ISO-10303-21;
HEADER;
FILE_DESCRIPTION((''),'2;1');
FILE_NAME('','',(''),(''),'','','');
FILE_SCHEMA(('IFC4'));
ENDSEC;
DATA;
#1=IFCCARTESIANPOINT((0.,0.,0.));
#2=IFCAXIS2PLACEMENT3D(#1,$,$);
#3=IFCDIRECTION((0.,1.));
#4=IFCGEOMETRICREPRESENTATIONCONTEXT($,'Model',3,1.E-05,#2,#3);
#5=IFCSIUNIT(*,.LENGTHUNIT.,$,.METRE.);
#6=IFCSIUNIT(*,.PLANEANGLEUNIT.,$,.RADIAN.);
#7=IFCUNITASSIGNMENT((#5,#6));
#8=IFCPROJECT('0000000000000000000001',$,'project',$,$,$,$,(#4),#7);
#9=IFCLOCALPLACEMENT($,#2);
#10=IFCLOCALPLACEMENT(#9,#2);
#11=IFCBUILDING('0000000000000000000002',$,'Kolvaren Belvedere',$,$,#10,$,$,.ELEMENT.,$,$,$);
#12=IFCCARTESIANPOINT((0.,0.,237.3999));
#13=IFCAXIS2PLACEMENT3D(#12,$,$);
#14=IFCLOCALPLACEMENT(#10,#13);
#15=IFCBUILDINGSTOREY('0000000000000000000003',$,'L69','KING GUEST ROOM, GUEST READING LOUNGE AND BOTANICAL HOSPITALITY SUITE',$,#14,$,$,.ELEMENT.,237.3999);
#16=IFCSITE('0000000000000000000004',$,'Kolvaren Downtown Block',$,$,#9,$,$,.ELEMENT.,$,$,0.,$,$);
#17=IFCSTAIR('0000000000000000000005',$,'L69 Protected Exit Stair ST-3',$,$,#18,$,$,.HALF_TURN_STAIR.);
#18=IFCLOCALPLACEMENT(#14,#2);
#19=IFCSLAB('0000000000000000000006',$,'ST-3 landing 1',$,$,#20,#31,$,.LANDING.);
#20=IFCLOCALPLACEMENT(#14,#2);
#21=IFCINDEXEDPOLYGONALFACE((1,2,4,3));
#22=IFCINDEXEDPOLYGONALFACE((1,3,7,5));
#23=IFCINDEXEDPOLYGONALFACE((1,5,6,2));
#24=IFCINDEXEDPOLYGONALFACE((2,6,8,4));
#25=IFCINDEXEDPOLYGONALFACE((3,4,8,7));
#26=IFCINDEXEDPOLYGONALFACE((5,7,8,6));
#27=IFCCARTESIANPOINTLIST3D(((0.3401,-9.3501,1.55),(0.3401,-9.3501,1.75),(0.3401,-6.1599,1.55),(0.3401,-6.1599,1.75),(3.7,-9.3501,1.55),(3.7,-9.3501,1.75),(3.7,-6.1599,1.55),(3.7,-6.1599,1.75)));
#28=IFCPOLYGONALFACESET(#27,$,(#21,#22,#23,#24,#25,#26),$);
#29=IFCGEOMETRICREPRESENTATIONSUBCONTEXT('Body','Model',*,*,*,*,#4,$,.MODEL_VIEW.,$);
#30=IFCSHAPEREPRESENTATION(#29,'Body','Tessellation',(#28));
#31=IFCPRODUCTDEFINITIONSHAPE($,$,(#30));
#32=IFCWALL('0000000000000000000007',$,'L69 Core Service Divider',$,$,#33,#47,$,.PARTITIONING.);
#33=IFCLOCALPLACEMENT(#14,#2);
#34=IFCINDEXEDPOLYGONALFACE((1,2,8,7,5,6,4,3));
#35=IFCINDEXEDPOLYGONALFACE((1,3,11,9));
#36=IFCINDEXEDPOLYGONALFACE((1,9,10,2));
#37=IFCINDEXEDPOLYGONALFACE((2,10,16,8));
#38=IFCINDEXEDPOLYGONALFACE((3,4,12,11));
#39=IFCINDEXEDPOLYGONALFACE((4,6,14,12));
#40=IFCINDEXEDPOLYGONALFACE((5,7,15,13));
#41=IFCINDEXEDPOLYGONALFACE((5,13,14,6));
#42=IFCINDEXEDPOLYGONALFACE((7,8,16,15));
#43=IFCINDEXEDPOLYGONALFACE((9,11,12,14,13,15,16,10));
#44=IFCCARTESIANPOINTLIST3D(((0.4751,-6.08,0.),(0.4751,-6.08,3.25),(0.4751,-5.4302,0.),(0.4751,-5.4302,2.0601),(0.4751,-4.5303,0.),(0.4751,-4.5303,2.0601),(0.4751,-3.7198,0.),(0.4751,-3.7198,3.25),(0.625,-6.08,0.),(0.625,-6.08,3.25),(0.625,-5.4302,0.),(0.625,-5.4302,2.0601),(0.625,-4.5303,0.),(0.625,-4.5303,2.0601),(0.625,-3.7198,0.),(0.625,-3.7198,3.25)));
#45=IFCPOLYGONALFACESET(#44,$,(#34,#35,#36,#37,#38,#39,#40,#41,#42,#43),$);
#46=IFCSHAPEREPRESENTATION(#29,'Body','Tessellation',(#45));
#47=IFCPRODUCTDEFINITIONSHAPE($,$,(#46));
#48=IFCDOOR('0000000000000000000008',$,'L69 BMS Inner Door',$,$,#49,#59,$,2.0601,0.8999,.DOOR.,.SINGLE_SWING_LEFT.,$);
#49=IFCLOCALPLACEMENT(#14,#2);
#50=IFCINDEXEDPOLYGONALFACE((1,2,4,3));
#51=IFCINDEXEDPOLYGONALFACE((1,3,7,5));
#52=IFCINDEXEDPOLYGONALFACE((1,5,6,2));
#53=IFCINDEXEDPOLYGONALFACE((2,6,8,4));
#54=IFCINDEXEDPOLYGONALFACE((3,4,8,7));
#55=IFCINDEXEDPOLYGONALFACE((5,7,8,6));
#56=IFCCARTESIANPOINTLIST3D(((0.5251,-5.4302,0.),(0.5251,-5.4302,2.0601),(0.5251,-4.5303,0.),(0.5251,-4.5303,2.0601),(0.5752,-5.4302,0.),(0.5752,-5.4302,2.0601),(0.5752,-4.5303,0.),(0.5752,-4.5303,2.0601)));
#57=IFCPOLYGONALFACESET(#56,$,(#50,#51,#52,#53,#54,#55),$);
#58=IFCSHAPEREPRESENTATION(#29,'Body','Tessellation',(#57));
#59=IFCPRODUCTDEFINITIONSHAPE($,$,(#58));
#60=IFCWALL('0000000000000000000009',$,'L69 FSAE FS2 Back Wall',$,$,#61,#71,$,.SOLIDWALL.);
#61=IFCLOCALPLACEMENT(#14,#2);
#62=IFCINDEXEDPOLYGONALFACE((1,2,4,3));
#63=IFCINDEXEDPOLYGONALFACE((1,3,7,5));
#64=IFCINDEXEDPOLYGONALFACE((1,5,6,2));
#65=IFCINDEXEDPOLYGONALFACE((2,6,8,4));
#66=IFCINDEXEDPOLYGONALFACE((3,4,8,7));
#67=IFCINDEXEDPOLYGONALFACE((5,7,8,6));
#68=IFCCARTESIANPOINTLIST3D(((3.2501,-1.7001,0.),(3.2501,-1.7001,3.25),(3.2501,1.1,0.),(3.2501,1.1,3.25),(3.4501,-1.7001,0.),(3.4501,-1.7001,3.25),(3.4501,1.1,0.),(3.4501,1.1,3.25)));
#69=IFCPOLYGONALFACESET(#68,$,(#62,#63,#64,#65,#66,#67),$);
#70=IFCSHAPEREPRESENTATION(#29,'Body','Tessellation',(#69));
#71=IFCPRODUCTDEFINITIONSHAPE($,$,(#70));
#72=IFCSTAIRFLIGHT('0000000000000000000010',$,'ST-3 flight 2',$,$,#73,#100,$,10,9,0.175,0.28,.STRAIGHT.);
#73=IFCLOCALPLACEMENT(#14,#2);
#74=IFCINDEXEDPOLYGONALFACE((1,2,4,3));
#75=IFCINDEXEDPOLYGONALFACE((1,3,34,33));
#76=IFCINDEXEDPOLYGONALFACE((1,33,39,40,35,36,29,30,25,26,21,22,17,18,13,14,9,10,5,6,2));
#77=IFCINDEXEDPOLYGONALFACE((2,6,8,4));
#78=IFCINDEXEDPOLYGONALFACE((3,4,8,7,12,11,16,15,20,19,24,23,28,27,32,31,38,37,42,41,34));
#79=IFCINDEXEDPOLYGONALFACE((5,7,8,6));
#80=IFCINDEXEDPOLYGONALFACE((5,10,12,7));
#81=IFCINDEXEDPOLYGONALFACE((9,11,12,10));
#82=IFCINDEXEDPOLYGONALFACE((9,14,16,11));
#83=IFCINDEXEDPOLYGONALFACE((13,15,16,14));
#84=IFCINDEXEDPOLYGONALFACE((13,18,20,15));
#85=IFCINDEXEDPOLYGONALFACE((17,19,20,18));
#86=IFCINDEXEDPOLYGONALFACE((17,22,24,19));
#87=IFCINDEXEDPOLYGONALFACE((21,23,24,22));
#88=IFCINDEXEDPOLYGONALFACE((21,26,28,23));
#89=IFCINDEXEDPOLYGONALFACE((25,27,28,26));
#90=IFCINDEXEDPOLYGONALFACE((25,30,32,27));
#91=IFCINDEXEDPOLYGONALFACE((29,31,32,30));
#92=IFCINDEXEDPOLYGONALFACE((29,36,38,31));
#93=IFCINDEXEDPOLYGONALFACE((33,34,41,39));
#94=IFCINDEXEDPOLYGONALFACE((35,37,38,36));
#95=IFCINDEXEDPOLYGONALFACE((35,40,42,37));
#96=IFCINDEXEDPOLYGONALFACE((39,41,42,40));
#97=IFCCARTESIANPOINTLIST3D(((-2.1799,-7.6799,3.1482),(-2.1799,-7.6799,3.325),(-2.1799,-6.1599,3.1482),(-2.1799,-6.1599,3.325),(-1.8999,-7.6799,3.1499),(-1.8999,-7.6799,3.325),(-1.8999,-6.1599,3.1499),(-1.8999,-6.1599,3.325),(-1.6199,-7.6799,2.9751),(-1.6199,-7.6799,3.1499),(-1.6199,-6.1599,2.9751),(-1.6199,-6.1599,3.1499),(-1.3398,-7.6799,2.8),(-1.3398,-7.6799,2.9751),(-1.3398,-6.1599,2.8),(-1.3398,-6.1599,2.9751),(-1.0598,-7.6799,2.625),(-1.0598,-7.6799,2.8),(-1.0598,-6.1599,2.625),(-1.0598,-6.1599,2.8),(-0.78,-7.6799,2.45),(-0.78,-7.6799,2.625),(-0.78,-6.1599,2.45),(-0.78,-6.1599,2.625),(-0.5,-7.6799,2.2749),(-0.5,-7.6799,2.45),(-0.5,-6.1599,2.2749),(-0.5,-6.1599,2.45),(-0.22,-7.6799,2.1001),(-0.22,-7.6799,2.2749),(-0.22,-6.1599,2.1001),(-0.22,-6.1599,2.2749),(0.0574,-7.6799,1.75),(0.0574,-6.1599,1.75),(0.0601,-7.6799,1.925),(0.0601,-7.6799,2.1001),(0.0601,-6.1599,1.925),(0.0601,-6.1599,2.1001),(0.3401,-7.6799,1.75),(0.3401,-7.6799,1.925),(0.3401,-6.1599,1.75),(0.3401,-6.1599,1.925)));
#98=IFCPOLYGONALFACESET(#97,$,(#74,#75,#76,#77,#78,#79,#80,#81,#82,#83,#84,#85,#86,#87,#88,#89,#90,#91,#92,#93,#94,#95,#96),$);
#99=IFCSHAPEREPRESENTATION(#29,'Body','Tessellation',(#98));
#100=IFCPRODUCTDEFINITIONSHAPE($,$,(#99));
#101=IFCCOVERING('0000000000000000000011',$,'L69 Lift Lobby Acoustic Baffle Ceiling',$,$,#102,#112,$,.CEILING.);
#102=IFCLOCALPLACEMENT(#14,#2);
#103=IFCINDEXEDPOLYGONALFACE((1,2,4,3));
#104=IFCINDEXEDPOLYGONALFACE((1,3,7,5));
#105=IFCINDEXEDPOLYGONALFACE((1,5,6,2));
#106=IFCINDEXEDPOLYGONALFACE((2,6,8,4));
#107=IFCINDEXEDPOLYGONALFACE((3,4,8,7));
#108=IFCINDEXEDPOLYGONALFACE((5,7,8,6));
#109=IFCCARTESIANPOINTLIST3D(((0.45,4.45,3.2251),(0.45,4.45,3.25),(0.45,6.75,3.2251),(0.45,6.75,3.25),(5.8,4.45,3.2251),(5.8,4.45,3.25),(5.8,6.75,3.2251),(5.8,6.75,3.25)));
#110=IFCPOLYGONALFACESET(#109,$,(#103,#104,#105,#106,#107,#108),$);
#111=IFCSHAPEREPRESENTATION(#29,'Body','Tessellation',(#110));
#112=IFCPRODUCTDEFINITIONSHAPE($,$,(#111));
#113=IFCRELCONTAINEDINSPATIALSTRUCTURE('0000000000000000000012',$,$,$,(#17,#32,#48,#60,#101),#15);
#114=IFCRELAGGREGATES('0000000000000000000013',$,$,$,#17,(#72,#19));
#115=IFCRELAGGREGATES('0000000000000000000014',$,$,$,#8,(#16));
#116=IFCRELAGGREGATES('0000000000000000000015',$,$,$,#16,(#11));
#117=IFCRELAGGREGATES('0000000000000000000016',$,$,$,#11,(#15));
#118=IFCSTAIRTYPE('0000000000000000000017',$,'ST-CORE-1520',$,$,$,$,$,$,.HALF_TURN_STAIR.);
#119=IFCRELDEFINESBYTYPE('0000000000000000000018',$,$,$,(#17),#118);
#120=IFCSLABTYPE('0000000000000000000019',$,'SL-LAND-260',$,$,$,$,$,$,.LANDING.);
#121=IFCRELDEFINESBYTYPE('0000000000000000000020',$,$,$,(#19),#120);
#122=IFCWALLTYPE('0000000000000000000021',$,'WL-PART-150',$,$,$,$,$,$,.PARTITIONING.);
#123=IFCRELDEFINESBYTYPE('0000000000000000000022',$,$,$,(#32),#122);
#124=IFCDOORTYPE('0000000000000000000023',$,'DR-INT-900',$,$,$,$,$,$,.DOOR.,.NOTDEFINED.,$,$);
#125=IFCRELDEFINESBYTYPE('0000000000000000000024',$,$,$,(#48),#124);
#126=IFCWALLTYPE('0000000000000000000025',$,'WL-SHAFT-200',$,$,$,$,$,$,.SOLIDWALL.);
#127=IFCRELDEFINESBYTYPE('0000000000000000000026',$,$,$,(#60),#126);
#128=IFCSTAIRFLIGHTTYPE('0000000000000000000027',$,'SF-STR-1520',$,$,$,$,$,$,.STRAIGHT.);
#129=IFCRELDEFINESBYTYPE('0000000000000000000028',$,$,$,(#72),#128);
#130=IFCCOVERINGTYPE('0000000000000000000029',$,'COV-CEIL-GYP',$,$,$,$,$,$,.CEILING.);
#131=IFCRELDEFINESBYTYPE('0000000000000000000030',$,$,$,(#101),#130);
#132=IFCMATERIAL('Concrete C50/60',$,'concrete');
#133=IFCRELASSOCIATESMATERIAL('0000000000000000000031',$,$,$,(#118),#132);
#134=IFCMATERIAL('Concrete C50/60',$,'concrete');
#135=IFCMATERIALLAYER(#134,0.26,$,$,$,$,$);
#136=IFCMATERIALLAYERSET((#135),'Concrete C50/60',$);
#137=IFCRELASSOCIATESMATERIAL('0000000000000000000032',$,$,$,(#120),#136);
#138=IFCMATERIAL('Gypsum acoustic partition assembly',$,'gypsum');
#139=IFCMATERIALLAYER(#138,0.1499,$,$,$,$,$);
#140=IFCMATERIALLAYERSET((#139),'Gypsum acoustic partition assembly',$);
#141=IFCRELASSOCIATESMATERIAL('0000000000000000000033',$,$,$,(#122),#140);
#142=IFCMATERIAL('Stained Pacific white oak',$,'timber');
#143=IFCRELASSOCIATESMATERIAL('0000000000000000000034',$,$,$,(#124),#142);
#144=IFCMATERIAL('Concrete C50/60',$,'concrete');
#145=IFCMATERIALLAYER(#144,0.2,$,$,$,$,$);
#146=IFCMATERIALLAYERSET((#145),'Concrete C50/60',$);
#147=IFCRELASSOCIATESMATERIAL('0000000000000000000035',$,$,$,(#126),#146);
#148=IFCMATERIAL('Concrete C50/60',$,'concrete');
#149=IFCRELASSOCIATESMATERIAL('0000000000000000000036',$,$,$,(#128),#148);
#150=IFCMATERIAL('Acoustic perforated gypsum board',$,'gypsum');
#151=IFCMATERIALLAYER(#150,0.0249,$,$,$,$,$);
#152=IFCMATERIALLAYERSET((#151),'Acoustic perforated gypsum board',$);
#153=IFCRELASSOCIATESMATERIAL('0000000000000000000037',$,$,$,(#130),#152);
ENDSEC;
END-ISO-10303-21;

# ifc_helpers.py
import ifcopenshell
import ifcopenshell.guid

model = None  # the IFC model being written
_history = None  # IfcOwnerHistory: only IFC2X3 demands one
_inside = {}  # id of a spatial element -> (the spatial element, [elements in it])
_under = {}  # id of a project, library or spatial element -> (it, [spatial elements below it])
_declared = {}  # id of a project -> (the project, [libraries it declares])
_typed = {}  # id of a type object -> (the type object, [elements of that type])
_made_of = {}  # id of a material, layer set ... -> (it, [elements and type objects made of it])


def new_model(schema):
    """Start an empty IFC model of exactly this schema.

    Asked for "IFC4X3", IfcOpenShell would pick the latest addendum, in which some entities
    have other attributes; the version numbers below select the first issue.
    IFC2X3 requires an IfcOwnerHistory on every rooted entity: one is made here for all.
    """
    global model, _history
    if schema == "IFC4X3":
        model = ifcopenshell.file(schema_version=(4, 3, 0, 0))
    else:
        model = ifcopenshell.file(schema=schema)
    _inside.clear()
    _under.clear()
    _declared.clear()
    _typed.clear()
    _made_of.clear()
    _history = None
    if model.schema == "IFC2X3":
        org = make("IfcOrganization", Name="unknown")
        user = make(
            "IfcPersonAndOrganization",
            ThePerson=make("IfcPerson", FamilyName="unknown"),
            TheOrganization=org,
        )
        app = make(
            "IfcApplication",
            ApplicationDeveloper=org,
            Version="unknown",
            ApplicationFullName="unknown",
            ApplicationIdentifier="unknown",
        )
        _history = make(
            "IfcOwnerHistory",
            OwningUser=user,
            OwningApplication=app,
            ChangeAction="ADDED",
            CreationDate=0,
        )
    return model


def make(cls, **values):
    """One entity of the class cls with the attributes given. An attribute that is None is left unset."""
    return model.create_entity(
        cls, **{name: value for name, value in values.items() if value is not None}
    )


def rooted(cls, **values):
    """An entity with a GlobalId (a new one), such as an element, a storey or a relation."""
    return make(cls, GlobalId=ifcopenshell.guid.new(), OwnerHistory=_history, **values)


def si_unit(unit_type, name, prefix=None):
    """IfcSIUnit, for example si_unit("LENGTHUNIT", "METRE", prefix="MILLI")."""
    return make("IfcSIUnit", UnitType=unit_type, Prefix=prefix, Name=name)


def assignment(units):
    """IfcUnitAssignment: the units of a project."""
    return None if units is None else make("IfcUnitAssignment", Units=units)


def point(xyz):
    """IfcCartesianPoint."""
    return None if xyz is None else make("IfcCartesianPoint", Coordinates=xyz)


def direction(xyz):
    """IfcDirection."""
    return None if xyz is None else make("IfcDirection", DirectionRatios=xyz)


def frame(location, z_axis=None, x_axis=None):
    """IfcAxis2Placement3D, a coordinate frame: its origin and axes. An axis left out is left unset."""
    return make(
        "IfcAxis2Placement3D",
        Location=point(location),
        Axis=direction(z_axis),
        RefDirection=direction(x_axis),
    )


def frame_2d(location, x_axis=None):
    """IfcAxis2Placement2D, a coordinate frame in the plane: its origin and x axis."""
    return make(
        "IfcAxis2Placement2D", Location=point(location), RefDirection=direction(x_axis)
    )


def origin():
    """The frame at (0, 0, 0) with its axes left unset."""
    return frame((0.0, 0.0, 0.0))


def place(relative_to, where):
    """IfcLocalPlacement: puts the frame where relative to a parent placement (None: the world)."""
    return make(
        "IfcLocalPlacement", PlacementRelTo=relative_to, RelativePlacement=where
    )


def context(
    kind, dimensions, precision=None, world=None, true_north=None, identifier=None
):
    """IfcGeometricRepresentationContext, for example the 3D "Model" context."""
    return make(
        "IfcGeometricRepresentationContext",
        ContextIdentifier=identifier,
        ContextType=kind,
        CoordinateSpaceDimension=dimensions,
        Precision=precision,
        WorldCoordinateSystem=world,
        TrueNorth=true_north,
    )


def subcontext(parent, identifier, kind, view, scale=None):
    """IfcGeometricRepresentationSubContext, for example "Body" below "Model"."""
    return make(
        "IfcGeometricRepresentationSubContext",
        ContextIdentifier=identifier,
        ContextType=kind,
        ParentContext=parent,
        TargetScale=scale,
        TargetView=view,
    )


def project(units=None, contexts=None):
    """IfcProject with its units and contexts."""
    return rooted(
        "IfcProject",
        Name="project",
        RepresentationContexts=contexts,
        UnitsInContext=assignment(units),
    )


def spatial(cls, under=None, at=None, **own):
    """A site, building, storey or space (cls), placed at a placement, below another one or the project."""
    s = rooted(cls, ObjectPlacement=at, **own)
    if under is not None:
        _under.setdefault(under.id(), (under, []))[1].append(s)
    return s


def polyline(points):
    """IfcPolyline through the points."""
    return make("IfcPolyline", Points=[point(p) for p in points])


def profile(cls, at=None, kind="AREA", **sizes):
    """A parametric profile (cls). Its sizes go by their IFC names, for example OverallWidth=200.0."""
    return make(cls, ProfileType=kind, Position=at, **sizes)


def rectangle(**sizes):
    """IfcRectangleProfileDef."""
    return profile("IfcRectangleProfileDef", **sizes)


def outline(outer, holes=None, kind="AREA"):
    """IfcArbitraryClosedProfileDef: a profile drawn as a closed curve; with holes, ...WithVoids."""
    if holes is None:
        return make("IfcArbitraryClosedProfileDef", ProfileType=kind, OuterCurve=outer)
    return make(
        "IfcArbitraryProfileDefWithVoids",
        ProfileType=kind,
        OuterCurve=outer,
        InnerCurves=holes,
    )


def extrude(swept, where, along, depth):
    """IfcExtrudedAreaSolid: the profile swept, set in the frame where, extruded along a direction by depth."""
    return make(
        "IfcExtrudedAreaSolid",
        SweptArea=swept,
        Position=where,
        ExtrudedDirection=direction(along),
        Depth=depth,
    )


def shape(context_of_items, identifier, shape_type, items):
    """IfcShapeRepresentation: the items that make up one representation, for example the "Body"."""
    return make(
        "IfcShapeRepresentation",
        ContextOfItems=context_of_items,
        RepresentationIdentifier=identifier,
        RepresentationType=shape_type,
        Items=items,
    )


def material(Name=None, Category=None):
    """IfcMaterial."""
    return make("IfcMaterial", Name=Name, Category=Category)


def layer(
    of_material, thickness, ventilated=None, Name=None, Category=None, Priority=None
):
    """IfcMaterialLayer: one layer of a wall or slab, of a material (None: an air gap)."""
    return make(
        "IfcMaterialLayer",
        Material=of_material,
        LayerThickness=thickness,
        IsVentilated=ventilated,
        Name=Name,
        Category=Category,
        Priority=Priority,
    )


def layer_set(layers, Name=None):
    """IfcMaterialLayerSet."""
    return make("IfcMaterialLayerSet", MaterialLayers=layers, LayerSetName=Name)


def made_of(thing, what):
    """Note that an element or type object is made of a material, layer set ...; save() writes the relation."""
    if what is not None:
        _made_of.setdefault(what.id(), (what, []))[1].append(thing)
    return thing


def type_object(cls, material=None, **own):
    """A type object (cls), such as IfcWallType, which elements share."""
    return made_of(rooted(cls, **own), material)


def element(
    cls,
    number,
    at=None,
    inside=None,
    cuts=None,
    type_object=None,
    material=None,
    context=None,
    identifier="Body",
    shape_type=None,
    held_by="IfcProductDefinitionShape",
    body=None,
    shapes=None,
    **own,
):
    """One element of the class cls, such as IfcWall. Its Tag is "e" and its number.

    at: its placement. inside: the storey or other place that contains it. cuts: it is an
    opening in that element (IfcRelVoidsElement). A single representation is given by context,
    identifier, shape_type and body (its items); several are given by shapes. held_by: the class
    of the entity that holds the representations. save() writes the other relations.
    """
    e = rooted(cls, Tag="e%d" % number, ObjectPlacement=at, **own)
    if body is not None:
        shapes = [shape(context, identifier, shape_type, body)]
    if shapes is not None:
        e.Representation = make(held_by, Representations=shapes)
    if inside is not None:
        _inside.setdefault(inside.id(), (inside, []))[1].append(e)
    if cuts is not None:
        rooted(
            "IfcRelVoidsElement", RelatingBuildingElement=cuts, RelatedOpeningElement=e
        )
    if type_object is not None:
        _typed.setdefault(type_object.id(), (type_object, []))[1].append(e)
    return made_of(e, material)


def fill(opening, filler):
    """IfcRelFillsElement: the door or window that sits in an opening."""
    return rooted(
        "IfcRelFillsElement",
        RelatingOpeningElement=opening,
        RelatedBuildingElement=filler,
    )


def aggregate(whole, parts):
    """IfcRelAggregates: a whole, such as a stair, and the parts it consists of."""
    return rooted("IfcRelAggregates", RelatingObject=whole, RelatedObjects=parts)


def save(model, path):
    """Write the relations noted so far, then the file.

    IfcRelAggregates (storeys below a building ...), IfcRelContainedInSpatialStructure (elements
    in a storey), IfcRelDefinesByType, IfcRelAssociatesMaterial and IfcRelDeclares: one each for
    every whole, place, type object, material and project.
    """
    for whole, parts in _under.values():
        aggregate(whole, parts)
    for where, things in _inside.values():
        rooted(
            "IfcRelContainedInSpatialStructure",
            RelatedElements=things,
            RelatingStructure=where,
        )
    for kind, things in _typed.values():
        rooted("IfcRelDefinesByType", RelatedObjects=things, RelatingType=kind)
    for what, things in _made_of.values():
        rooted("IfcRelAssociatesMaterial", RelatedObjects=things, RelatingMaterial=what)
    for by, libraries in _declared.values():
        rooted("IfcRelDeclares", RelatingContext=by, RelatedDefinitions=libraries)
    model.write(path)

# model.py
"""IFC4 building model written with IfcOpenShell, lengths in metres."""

from ifc_helpers import new_model, si_unit, direction, frame, frame_2d, origin, place, context, subcontext, project, spatial, polyline, rectangle, outline, extrude, material, layer, layer_set, type_object, element, fill, aggregate, save


model = new_model("IFC4")

# Units and contexts
model_context = context("Model", 3, precision=1e-05, world=origin(), true_north=direction((0.0, 1.0)))
body_context = subcontext(model_context, "Body", "Model", "MODEL_VIEW")
ifc_project = project(units=[si_unit("LENGTHUNIT", "METRE"), si_unit("PLANEANGLEUNIT", "RADIAN")], contexts=[model_context])

# Site, building, storey
site_placement = place(None, origin())
site = spatial("IfcSite", under=ifc_project, at=site_placement, Name="Kolvaren Downtown Block", CompositionType="ELEMENT", RefElevation=0.0)
building_placement = place(site_placement, origin())
building = spatial("IfcBuilding", under=site, at=building_placement, Name="Kolvaren Belvedere", CompositionType="ELEMENT")
storey_placement = place(building_placement, frame((0.0, 0.0, 237.3999)))
storey = spatial("IfcBuildingStorey", under=building, at=storey_placement, Name="L69", Description="KING GUEST ROOM, GUEST READING LOUNGE AND BOTANICAL HOSPITALITY SUITE", CompositionType="ELEMENT", Elevation=237.3999)

# Stair, slab
ifc_material_1 = material(Name="Concrete C50/60", Category="concrete")
stair_type = type_object("IfcStairType", Name="ST-CORE-1520", PredefinedType="HALF_TURN_STAIR", material=ifc_material_1)
ifc_material_2 = material(Name="Concrete C50/60", Category="concrete")
ifc_layer_1 = layer(ifc_material_2, 0.26)
ifc_layer_set_1 = layer_set([ifc_layer_1], Name="Concrete C50/60")
slab_type_1 = type_object("IfcSlabType", Name="SL-LAND-260", PredefinedType="LANDING", material=ifc_layer_set_1)
stair_1_placement = place(storey_placement, origin())
stair_1 = element("IfcStair", 1, at=stair_1_placement, inside=storey, type_object=stair_type, Name="L69 Protected Exit Stair ST-3", PredefinedType="HALF_TURN_STAIR")
slab_1_placement = place(storey_placement, frame((0.0, 0.0, 1.55)))
slab_1 = element("IfcSlab", 2, at=slab_1_placement, type_object=slab_type_1, Name="ST-3 landing 1", PredefinedType="LANDING", context=body_context, shape_type="SweptSolid", body=[
    extrude(outline(polyline([(0.3401, -9.3501), (3.7, -9.3501), (3.7, -6.1599), (0.3401, -6.1599), (0.3401, -9.3501)])), origin(), (0.0, 0.0, 1.0), 0.2),
])

# Wall, opening, door
ifc_material_3 = material(Name="Gypsum acoustic partition assembly", Category="gypsum")
ifc_layer_2 = layer(ifc_material_3, 0.1499)
ifc_layer_set_2 = layer_set([ifc_layer_2], Name="Gypsum acoustic partition assembly")
wall_type_1 = type_object("IfcWallType", Name="WL-PART-150", PredefinedType="PARTITIONING", material=ifc_layer_set_2)
wall_1_placement = place(storey_placement, frame((0.55, -6.0801, 0.0), z_axis=(0.0, 0.0, 1.0), x_axis=(0.0, 1.0, 0.0)))
wall_1 = element("IfcWall", 3, at=wall_1_placement, inside=storey, type_object=wall_type_1, Name="L69 Core Service Divider", PredefinedType="PARTITIONING", context=body_context, shape_type="SweptSolid", body=[
    extrude(rectangle(XDim=2.3601, YDim=0.1499, at=frame_2d((1.1802, 0.0))), origin(), (0.0, 0.0, 1.0), 3.25),
])
opening_placement = place(wall_1_placement, frame((0.6499, 0.0, 0.0)))
opening = element("IfcOpeningElement", 4, at=opening_placement, cuts=wall_1, PredefinedType="OPENING", context=body_context, shape_type="SweptSolid", body=[
    extrude(rectangle(XDim=0.8999, YDim=2.0601, at=frame_2d((0.45, 1.03))), frame((0.0, 0.085, 0.0), z_axis=(0.0, -1.0, 0.0), x_axis=(1.0, 0.0, 0.0)), (0.0, 0.0, 1.0), 0.1699),
])
ifc_material_4 = material(Name="Stained Pacific white oak", Category="timber")
door_type = type_object("IfcDoorType", Name="DR-INT-900", OperationType="NOTDEFINED", PredefinedType="DOOR", material=ifc_material_4)
door_placement = place(opening_placement, origin())
door = element("IfcDoor", 5, at=door_placement, inside=storey, type_object=door_type, Name="L69 BMS Inner Door", OperationType="SINGLE_SWING_LEFT", OverallHeight=2.0601, OverallWidth=0.8999, PredefinedType="DOOR", context=body_context, shape_type="SweptSolid", body=[
    extrude(rectangle(XDim=0.8999, YDim=2.0601, at=frame_2d((0.45, 1.03))), frame((0.0, 0.0249, 0.0), z_axis=(0.0, -1.0, 0.0), x_axis=(1.0, 0.0, 0.0)), (0.0, 0.0, 1.0), 0.05),
])
fill(opening, door)

# Wall
ifc_material_5 = material(Name="Concrete C50/60", Category="concrete")
ifc_layer_3 = layer(ifc_material_5, 0.2)
ifc_layer_set_3 = layer_set([ifc_layer_3], Name="Concrete C50/60")
wall_type_2 = type_object("IfcWallType", Name="WL-SHAFT-200", PredefinedType="SOLIDWALL", material=ifc_layer_set_3)
wall_2_placement = place(storey_placement, frame((3.3501, -1.7, 0.0), z_axis=(0.0, 0.0, 1.0), x_axis=(0.0, 1.0, 0.0)))
element("IfcWall", 6, at=wall_2_placement, inside=storey, type_object=wall_type_2, Name="L69 FSAE FS2 Back Wall", PredefinedType="SOLIDWALL", context=body_context, shape_type="SweptSolid", body=[
    extrude(rectangle(XDim=2.8, YDim=0.2, at=frame_2d((1.3999, 0.0))), origin(), (0.0, 0.0, 1.0), 3.25),
])

# Stair flight
ifc_material_6 = material(Name="Concrete C50/60", Category="concrete")
stair_flight_type = type_object("IfcStairFlightType", Name="SF-STR-1520", PredefinedType="STRAIGHT", material=ifc_material_6)
stair_flight_placement = place(storey_placement, frame((0.3401, -6.9199, 1.75), z_axis=(0.0, 0.0, 1.0), x_axis=(-1.0, 0.0, 0.0)))
stair_flight = element("IfcStairFlight", 7, at=stair_flight_placement, type_object=stair_flight_type, Name="ST-3 flight 2", NumberOfRisers=10, NumberOfTreads=9, PredefinedType="STRAIGHT", RiserHeight=0.175, TreadLength=0.28, context=body_context, shape_type="SweptSolid", body=[
    extrude(outline(polyline([(0.0, 0.0), (0.0, 0.175), (0.28, 0.175), (0.28, 0.3501), (0.5601, 0.3501), (0.5601, 0.5249), (0.8401, 0.5249), (0.8401, 0.7), (1.1201, 0.7), (1.1201, 0.875), (1.3999, 0.875), (1.3999, 1.05), (1.6799, 1.05), (1.6799, 1.2251), (1.96, 1.2251), (1.96, 1.3999), (2.24, 1.3999), (2.24, 1.575), (2.52, 1.575), (2.52, 1.75), (2.52, 1.3982), (0.2827, 0.0), (0.0, 0.0)])), frame((0.0, 0.76, 0.0), z_axis=(0.0, -1.0, 0.0), x_axis=(1.0, 0.0, 0.0)), (0.0, 0.0, 1.0), 1.52),
])
aggregate(stair_1, [stair_flight, slab_1])

# Covering
ifc_material_7 = material(Name="Acoustic perforated gypsum board", Category="gypsum")
ifc_layer_4 = layer(ifc_material_7, 0.0249)
ifc_layer_set_4 = layer_set([ifc_layer_4], Name="Acoustic perforated gypsum board")
covering_type = type_object("IfcCoveringType", Name="COV-CEIL-GYP", PredefinedType="CEILING", material=ifc_layer_set_4)
covering_placement = place(storey_placement, frame((0.0, 0.0, 3.2251)))
element("IfcCovering", 8, at=covering_placement, inside=storey, type_object=covering_type, Name="L69 Lift Lobby Acoustic Baffle Ceiling", PredefinedType="CEILING", context=body_context, shape_type="SweptSolid", body=[
    extrude(outline(polyline([(0.45, 4.45), (5.8, 4.45), (5.8, 6.75), (0.45, 6.75), (0.45, 4.45)])), origin(), (0.0, 0.0, 1.0), 0.0249),
])

save(model, "model.ifc")
